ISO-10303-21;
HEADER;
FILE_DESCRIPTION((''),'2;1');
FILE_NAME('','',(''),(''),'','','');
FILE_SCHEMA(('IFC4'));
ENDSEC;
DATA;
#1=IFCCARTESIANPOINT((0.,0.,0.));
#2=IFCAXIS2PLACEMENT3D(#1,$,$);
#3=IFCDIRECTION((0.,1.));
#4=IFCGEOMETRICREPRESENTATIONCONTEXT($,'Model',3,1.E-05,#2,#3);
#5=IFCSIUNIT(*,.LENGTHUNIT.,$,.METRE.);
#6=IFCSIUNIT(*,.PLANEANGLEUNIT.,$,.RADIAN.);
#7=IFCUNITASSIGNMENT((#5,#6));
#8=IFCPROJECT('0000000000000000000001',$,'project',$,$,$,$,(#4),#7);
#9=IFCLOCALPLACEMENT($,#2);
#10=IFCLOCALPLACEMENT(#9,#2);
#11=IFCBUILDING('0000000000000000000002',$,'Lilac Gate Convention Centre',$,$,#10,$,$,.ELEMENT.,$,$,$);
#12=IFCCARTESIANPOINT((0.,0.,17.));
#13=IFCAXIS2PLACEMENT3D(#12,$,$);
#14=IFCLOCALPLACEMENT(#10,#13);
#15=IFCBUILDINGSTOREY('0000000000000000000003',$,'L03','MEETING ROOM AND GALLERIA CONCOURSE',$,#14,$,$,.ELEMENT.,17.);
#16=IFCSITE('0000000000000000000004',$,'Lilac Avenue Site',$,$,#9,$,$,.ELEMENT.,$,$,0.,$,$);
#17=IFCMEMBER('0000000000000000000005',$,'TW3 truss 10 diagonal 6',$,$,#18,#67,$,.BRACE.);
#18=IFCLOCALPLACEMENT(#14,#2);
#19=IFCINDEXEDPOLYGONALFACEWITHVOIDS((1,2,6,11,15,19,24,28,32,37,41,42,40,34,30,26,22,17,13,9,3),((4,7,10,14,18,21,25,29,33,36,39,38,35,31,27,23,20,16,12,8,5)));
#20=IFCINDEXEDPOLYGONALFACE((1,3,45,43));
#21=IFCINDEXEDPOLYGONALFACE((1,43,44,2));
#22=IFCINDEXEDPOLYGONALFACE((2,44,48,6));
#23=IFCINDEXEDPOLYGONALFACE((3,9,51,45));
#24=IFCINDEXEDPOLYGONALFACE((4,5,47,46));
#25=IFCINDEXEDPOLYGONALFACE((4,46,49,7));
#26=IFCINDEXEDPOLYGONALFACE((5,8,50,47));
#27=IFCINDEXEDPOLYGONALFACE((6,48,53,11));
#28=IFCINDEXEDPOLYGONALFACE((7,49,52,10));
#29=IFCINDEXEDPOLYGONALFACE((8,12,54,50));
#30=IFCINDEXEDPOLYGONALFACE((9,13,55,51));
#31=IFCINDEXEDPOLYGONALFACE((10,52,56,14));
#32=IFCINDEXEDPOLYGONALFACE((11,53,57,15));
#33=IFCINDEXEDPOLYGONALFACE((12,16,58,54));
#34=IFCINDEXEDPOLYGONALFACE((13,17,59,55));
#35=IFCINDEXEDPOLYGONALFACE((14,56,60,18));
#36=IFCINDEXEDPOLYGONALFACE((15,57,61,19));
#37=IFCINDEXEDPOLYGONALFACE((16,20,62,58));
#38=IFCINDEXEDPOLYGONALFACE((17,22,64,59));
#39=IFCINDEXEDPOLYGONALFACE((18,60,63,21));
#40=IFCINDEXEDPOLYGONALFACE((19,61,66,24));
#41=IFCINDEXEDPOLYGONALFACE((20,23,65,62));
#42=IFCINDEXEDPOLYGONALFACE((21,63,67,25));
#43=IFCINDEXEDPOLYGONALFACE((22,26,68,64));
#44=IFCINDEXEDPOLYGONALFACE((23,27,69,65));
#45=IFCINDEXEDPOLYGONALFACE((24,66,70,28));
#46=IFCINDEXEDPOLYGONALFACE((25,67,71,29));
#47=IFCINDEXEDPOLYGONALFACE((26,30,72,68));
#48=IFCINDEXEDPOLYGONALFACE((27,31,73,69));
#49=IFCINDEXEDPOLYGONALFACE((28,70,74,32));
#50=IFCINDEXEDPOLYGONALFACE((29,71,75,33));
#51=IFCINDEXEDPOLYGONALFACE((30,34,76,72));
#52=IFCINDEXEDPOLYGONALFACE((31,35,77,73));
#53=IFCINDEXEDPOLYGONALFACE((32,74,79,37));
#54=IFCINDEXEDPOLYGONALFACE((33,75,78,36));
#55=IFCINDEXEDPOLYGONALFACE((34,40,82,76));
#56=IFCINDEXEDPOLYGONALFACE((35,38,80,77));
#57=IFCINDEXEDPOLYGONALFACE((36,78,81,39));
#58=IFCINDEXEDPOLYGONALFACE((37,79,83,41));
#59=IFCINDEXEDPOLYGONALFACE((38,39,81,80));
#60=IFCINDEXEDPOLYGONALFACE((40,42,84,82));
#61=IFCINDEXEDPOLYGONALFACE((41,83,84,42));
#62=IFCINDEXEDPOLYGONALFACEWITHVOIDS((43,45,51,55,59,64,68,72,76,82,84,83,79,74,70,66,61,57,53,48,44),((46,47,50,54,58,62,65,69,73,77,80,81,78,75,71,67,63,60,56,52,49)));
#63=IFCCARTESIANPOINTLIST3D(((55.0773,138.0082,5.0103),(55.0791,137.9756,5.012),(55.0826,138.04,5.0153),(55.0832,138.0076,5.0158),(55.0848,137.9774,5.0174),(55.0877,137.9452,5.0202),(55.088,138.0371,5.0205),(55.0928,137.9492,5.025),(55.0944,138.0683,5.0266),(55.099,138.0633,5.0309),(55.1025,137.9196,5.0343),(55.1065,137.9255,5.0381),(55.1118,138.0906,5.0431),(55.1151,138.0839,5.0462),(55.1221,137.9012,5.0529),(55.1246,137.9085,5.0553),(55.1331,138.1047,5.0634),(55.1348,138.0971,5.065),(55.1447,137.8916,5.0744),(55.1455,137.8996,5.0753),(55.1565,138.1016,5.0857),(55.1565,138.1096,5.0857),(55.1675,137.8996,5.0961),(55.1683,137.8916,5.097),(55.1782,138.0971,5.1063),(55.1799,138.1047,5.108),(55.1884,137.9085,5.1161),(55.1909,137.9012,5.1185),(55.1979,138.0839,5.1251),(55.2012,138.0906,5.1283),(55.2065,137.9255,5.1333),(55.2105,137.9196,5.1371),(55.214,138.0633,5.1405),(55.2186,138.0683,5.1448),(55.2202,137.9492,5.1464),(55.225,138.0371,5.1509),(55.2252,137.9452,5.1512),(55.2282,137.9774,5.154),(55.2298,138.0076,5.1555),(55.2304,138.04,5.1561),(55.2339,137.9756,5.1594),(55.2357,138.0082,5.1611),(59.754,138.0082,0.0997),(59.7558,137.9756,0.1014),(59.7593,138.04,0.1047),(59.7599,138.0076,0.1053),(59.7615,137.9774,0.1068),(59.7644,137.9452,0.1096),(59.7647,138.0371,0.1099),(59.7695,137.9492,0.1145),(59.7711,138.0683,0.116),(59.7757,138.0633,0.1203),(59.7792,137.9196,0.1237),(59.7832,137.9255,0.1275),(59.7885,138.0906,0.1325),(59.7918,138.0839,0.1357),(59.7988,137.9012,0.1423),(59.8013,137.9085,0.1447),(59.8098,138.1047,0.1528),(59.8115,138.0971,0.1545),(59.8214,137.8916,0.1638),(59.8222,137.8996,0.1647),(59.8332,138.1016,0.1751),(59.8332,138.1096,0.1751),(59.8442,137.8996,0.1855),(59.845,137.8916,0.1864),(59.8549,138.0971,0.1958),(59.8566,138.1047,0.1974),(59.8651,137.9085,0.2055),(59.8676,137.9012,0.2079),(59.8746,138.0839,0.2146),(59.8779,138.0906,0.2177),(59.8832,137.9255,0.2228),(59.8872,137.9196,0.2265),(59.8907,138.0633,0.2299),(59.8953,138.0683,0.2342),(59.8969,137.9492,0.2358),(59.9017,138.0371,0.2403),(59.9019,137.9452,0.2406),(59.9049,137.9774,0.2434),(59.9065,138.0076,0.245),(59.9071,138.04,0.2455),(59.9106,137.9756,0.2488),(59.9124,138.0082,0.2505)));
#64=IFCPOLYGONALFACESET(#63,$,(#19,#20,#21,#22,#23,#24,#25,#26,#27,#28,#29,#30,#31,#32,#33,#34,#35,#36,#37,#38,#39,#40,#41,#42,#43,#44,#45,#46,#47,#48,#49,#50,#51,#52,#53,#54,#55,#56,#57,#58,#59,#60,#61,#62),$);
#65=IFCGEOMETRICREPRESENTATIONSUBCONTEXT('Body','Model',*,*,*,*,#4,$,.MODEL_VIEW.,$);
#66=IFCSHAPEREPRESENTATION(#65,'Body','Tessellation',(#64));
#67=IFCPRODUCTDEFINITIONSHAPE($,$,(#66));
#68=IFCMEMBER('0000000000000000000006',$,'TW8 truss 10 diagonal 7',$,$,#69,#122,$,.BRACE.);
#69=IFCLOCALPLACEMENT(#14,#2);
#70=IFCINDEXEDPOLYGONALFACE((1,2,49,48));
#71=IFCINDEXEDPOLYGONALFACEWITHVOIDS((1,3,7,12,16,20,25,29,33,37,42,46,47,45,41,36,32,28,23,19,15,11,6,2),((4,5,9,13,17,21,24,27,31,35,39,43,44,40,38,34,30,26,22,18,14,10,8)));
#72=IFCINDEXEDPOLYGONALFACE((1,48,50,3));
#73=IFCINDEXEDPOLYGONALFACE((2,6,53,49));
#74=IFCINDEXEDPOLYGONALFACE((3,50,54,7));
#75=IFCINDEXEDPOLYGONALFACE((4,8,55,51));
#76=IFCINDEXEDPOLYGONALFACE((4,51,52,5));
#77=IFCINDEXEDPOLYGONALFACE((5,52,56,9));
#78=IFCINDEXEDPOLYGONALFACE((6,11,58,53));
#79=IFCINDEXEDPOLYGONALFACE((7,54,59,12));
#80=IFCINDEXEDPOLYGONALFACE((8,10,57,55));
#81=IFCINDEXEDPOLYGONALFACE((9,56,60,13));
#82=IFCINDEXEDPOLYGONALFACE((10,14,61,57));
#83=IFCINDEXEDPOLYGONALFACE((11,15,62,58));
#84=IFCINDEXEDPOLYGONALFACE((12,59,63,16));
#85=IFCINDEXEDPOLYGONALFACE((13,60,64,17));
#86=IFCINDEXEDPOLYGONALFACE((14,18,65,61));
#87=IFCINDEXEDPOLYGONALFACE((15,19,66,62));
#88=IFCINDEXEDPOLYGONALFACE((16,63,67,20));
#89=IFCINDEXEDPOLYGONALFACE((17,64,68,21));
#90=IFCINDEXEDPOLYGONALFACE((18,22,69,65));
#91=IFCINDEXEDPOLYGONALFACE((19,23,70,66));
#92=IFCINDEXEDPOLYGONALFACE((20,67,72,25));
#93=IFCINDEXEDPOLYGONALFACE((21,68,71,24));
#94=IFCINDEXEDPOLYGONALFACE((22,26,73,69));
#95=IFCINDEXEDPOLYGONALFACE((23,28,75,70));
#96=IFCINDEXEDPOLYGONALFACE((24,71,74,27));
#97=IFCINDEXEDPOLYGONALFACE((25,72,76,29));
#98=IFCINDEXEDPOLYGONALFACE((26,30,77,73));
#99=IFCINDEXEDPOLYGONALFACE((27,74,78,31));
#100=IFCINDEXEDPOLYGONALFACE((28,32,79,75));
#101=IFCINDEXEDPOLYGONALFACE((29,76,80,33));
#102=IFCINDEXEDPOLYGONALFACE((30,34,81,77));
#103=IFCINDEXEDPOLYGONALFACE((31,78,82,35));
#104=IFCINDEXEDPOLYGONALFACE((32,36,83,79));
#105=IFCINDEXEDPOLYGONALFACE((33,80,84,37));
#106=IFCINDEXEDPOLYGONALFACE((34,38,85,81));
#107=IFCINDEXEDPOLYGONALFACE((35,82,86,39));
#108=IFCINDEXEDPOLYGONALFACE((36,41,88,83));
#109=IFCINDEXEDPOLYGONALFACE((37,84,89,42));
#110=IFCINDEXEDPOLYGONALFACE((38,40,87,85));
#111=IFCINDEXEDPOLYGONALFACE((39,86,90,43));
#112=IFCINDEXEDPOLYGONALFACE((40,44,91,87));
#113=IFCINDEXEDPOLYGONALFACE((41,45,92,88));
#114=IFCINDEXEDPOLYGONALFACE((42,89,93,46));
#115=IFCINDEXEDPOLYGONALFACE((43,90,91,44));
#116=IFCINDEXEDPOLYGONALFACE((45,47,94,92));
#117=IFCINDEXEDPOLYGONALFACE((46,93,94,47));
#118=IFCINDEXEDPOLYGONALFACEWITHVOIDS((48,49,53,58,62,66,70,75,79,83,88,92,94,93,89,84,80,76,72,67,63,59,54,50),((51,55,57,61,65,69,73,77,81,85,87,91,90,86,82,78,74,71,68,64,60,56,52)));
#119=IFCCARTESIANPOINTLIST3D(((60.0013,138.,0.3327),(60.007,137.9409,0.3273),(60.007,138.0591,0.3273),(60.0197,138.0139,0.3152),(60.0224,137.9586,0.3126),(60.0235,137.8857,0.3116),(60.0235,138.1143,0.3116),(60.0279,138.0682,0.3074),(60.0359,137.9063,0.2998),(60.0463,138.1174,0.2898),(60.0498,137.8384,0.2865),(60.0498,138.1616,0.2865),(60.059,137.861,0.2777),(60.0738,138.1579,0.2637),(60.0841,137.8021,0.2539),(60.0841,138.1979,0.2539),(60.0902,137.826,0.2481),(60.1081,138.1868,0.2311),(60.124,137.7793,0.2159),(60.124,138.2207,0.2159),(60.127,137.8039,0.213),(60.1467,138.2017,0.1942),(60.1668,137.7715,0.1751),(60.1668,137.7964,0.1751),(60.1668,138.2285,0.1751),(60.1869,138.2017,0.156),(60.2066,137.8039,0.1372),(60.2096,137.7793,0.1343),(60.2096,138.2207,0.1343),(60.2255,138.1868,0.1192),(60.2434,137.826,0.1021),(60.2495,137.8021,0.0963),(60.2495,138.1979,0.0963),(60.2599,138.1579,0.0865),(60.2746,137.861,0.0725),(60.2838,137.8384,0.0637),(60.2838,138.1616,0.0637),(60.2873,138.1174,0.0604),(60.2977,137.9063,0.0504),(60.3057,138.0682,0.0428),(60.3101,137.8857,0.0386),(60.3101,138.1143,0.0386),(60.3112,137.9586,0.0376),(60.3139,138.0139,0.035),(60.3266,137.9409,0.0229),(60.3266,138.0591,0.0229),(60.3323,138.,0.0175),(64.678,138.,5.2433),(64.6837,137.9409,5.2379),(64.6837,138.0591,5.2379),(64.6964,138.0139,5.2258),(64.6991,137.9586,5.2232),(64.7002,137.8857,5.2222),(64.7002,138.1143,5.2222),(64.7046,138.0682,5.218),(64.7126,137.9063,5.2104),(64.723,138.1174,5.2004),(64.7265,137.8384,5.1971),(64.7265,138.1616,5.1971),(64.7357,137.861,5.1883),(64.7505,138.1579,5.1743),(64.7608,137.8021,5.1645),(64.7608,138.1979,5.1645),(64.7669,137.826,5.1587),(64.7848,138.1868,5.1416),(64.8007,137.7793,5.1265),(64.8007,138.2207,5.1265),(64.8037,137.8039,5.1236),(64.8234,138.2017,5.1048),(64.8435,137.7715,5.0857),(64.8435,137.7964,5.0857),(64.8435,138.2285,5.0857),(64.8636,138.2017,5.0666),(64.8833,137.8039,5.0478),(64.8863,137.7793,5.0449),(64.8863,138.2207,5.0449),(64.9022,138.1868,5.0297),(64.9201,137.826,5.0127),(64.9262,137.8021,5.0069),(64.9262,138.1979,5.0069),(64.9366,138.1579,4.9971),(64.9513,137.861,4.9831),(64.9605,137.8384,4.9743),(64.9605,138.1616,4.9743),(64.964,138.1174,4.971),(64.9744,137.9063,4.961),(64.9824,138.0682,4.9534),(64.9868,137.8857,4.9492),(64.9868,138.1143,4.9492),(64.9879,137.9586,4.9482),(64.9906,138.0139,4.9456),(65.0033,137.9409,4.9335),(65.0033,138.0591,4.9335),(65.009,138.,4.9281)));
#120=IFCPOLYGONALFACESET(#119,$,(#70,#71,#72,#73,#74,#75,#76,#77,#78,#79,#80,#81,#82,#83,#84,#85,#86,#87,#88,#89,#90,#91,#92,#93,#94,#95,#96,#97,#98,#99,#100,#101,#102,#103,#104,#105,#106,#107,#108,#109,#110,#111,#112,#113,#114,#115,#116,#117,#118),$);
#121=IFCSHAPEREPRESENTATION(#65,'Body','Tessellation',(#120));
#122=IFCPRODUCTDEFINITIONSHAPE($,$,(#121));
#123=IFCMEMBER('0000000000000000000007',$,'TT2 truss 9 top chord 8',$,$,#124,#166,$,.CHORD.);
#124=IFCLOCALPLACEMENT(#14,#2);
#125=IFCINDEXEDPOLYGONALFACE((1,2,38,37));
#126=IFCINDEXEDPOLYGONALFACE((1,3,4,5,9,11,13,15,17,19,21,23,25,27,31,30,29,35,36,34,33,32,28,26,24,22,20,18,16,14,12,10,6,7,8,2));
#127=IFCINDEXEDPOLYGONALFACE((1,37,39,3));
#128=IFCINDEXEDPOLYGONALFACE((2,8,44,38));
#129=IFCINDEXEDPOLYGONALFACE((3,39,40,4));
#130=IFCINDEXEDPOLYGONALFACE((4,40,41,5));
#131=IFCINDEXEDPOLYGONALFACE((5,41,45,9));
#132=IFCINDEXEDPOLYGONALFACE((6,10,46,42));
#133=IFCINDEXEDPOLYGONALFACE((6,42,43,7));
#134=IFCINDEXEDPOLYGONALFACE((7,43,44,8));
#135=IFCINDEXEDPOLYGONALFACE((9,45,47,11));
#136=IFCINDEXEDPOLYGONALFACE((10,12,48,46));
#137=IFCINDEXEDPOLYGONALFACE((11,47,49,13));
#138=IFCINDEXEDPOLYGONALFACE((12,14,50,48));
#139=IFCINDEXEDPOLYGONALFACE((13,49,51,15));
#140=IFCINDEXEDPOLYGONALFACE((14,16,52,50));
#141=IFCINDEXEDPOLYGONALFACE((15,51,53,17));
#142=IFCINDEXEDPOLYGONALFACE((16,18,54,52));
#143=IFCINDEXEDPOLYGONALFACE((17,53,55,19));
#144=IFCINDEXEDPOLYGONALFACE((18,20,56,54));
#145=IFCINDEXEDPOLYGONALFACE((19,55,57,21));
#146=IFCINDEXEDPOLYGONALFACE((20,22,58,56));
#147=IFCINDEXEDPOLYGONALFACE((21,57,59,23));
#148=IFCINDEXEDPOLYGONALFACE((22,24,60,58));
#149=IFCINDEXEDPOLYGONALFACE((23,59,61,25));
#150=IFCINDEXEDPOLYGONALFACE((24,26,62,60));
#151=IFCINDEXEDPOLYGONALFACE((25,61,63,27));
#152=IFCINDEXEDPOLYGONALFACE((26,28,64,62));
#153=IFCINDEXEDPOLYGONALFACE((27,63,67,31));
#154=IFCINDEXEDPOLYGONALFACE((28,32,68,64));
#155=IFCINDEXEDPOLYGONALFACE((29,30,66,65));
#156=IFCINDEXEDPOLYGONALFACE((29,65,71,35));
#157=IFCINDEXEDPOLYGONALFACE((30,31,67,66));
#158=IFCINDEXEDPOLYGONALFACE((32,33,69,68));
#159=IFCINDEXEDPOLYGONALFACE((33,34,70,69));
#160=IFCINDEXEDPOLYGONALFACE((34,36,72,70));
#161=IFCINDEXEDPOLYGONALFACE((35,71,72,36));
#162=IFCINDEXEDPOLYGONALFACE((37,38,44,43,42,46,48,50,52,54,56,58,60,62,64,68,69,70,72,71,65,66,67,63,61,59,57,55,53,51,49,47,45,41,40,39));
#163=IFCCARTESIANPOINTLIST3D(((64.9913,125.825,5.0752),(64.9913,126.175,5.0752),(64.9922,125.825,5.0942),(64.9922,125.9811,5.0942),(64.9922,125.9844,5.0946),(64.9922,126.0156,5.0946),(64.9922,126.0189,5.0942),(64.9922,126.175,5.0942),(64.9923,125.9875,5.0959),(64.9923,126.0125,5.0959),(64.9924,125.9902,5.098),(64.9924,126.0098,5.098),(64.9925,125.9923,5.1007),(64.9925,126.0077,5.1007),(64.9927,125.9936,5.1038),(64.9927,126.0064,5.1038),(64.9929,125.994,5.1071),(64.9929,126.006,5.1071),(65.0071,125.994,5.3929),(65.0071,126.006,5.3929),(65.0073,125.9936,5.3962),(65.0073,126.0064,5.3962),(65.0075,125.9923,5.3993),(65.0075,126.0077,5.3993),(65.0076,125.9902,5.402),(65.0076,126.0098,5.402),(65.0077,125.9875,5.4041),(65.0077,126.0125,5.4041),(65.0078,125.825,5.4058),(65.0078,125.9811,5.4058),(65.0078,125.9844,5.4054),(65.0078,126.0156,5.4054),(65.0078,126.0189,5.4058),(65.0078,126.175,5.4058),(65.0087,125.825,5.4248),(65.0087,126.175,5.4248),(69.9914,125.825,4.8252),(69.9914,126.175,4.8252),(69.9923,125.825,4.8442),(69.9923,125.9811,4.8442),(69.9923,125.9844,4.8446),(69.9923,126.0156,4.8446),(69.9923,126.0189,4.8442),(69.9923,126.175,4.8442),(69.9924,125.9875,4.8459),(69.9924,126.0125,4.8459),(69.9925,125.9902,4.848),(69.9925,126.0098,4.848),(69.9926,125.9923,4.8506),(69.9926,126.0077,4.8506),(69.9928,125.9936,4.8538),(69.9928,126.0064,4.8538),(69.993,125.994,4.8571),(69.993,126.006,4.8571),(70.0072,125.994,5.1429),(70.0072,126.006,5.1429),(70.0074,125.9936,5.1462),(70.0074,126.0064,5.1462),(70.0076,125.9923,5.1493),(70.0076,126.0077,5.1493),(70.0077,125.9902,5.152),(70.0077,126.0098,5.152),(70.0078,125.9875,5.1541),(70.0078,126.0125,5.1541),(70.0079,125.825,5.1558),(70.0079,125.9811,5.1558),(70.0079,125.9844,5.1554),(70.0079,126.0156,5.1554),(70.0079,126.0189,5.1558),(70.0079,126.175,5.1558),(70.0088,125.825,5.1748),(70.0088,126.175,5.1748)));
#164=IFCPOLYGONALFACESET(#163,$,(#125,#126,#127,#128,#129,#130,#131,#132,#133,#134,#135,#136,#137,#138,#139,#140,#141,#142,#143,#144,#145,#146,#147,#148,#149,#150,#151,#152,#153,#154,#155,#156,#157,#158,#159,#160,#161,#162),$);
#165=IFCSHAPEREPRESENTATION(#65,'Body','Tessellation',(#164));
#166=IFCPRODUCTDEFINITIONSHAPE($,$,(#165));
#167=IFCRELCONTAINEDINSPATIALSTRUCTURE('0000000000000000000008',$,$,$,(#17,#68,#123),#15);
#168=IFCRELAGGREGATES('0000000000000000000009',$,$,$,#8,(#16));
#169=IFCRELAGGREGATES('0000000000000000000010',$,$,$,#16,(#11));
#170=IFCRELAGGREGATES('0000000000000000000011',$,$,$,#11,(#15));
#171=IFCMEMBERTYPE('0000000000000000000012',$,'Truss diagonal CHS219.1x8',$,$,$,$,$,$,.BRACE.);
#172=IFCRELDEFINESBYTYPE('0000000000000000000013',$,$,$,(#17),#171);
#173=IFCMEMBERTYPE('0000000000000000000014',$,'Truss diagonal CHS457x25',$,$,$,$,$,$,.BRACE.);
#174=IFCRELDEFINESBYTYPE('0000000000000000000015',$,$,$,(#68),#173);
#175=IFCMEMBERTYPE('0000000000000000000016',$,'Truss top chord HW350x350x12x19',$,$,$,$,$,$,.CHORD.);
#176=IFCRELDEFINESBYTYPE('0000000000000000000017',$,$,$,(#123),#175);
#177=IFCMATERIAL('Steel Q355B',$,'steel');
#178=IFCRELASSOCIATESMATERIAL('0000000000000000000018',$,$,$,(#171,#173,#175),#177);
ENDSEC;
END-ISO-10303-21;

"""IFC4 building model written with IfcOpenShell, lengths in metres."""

from ifc_helpers import new_model, si_unit, direction, frame, origin, origin_2d, place, context, subcontext, project, spatial, hollow_circle, i_section, extrude, material, material_profile, profile_set, type_object, element, save


model = new_model("IFC4")

# Units and contexts
model_context = context("Model", 3, precision=1e-05, world=origin(), true_north=direction((0.0, 1.0)))
body_context = subcontext(model_context, "Body", "Model", "MODEL_VIEW")
ifc_project = project(units=[si_unit("LENGTHUNIT", "METRE"), si_unit("PLANEANGLEUNIT", "RADIAN")], contexts=[model_context])

# Site, building, storey
site_placement = place(None, origin())
site = spatial("IfcSite", under=ifc_project, at=site_placement, Name="Lilac Avenue Site", CompositionType="ELEMENT", RefElevation=0.0)
building_placement = place(site_placement, origin())
building = spatial("IfcBuilding", under=site, at=building_placement, Name="Lilac Gate Convention Centre", CompositionType="ELEMENT")
storey_placement = place(building_placement, frame((0.0, 0.0, 17.0)))
storey = spatial("IfcBuildingStorey", under=building, at=storey_placement, Name="L03", Description="MEETING ROOM AND GALLERIA CONCOURSE", CompositionType="ELEMENT", Elevation=17.0)

# Members
ifc_material = material(Name="Steel Q355B", Category="steel")
ifc_material_profile_1 = material_profile(ifc_material, hollow_circle(Radius=0.1096, WallThickness=0.0081, at=origin_2d()), Name="CHS219.1x8")
ifc_profile_set_1 = profile_set([ifc_material_profile_1], Name="Steel Q355B")
member_type_1 = type_object("IfcMemberType", Name="Truss diagonal CHS219.1x8", PredefinedType="BRACE", material=ifc_profile_set_1)
member_1_placement = place(storey_placement, frame((55.1565, 138.0, 5.0857), z_axis=(0.689652, 0.0, -0.724141), x_axis=(0.0, 1.0, 0.0)))
element("IfcMember", 1, at=member_1_placement, inside=storey, type_object=member_type_1, Name="TW3 truss 10 diagonal 6", PredefinedType="BRACE", context=body_context, shape_type="SweptSolid", body=[
    extrude(hollow_circle(Radius=0.1096, WallThickness=0.0081, at=origin_2d()), origin(), (0.0, 0.0, 1.0), 6.7812),
])
ifc_material_profile_2 = material_profile(ifc_material, hollow_circle(Radius=0.2285, WallThickness=0.0249, at=origin_2d()), Name="CHS457x25")
ifc_profile_set_2 = profile_set([ifc_material_profile_2], Name="Steel Q355B")
member_type_2 = type_object("IfcMemberType", Name="Truss diagonal CHS457x25", PredefinedType="BRACE", material=ifc_profile_set_2)
member_2_placement = place(storey_placement, frame((64.8435, 138.0, 5.0857), z_axis=(-0.689652, 0.0, -0.724141), x_axis=(0.0, -1.0, 0.0)))
element("IfcMember", 2, at=member_2_placement, inside=storey, type_object=member_type_2, Name="TW8 truss 10 diagonal 7", PredefinedType="BRACE", context=body_context, shape_type="SweptSolid", body=[
    extrude(hollow_circle(Radius=0.2285, WallThickness=0.0249, at=origin_2d()), origin(), (0.0, 0.0, 1.0), 6.7812),
])
ifc_material_profile_3 = material_profile(ifc_material, i_section(OverallWidth=0.3501, OverallDepth=0.3501, WebThickness=0.012, FlangeThickness=0.019, FilletRadius=0.0129, at=origin_2d()), Name="HW350x350x12x19")
ifc_profile_set_3 = profile_set([ifc_material_profile_3], Name="Steel Q355B")
member_type_3 = type_object("IfcMemberType", Name="Truss top chord HW350x350x12x19", PredefinedType="CHORD", material=ifc_profile_set_3)
member_3_placement = place(storey_placement, frame((65.0, 126.0, 5.25), z_axis=(0.998752, 0.0, -0.049938), x_axis=(0.0, 1.0, 0.0)))
element("IfcMember", 3, at=member_3_placement, inside=storey, type_object=member_type_3, Name="TT2 truss 9 top chord 8", PredefinedType="CHORD", context=body_context, shape_type="SweptSolid", body=[
    extrude(i_section(OverallWidth=0.3501, OverallDepth=0.3501, WebThickness=0.012, FlangeThickness=0.019, FilletRadius=0.0129, at=origin_2d()), origin(), (0.0, 0.0, 1.0), 5.0063),
])

save(model, "model.ifc")
